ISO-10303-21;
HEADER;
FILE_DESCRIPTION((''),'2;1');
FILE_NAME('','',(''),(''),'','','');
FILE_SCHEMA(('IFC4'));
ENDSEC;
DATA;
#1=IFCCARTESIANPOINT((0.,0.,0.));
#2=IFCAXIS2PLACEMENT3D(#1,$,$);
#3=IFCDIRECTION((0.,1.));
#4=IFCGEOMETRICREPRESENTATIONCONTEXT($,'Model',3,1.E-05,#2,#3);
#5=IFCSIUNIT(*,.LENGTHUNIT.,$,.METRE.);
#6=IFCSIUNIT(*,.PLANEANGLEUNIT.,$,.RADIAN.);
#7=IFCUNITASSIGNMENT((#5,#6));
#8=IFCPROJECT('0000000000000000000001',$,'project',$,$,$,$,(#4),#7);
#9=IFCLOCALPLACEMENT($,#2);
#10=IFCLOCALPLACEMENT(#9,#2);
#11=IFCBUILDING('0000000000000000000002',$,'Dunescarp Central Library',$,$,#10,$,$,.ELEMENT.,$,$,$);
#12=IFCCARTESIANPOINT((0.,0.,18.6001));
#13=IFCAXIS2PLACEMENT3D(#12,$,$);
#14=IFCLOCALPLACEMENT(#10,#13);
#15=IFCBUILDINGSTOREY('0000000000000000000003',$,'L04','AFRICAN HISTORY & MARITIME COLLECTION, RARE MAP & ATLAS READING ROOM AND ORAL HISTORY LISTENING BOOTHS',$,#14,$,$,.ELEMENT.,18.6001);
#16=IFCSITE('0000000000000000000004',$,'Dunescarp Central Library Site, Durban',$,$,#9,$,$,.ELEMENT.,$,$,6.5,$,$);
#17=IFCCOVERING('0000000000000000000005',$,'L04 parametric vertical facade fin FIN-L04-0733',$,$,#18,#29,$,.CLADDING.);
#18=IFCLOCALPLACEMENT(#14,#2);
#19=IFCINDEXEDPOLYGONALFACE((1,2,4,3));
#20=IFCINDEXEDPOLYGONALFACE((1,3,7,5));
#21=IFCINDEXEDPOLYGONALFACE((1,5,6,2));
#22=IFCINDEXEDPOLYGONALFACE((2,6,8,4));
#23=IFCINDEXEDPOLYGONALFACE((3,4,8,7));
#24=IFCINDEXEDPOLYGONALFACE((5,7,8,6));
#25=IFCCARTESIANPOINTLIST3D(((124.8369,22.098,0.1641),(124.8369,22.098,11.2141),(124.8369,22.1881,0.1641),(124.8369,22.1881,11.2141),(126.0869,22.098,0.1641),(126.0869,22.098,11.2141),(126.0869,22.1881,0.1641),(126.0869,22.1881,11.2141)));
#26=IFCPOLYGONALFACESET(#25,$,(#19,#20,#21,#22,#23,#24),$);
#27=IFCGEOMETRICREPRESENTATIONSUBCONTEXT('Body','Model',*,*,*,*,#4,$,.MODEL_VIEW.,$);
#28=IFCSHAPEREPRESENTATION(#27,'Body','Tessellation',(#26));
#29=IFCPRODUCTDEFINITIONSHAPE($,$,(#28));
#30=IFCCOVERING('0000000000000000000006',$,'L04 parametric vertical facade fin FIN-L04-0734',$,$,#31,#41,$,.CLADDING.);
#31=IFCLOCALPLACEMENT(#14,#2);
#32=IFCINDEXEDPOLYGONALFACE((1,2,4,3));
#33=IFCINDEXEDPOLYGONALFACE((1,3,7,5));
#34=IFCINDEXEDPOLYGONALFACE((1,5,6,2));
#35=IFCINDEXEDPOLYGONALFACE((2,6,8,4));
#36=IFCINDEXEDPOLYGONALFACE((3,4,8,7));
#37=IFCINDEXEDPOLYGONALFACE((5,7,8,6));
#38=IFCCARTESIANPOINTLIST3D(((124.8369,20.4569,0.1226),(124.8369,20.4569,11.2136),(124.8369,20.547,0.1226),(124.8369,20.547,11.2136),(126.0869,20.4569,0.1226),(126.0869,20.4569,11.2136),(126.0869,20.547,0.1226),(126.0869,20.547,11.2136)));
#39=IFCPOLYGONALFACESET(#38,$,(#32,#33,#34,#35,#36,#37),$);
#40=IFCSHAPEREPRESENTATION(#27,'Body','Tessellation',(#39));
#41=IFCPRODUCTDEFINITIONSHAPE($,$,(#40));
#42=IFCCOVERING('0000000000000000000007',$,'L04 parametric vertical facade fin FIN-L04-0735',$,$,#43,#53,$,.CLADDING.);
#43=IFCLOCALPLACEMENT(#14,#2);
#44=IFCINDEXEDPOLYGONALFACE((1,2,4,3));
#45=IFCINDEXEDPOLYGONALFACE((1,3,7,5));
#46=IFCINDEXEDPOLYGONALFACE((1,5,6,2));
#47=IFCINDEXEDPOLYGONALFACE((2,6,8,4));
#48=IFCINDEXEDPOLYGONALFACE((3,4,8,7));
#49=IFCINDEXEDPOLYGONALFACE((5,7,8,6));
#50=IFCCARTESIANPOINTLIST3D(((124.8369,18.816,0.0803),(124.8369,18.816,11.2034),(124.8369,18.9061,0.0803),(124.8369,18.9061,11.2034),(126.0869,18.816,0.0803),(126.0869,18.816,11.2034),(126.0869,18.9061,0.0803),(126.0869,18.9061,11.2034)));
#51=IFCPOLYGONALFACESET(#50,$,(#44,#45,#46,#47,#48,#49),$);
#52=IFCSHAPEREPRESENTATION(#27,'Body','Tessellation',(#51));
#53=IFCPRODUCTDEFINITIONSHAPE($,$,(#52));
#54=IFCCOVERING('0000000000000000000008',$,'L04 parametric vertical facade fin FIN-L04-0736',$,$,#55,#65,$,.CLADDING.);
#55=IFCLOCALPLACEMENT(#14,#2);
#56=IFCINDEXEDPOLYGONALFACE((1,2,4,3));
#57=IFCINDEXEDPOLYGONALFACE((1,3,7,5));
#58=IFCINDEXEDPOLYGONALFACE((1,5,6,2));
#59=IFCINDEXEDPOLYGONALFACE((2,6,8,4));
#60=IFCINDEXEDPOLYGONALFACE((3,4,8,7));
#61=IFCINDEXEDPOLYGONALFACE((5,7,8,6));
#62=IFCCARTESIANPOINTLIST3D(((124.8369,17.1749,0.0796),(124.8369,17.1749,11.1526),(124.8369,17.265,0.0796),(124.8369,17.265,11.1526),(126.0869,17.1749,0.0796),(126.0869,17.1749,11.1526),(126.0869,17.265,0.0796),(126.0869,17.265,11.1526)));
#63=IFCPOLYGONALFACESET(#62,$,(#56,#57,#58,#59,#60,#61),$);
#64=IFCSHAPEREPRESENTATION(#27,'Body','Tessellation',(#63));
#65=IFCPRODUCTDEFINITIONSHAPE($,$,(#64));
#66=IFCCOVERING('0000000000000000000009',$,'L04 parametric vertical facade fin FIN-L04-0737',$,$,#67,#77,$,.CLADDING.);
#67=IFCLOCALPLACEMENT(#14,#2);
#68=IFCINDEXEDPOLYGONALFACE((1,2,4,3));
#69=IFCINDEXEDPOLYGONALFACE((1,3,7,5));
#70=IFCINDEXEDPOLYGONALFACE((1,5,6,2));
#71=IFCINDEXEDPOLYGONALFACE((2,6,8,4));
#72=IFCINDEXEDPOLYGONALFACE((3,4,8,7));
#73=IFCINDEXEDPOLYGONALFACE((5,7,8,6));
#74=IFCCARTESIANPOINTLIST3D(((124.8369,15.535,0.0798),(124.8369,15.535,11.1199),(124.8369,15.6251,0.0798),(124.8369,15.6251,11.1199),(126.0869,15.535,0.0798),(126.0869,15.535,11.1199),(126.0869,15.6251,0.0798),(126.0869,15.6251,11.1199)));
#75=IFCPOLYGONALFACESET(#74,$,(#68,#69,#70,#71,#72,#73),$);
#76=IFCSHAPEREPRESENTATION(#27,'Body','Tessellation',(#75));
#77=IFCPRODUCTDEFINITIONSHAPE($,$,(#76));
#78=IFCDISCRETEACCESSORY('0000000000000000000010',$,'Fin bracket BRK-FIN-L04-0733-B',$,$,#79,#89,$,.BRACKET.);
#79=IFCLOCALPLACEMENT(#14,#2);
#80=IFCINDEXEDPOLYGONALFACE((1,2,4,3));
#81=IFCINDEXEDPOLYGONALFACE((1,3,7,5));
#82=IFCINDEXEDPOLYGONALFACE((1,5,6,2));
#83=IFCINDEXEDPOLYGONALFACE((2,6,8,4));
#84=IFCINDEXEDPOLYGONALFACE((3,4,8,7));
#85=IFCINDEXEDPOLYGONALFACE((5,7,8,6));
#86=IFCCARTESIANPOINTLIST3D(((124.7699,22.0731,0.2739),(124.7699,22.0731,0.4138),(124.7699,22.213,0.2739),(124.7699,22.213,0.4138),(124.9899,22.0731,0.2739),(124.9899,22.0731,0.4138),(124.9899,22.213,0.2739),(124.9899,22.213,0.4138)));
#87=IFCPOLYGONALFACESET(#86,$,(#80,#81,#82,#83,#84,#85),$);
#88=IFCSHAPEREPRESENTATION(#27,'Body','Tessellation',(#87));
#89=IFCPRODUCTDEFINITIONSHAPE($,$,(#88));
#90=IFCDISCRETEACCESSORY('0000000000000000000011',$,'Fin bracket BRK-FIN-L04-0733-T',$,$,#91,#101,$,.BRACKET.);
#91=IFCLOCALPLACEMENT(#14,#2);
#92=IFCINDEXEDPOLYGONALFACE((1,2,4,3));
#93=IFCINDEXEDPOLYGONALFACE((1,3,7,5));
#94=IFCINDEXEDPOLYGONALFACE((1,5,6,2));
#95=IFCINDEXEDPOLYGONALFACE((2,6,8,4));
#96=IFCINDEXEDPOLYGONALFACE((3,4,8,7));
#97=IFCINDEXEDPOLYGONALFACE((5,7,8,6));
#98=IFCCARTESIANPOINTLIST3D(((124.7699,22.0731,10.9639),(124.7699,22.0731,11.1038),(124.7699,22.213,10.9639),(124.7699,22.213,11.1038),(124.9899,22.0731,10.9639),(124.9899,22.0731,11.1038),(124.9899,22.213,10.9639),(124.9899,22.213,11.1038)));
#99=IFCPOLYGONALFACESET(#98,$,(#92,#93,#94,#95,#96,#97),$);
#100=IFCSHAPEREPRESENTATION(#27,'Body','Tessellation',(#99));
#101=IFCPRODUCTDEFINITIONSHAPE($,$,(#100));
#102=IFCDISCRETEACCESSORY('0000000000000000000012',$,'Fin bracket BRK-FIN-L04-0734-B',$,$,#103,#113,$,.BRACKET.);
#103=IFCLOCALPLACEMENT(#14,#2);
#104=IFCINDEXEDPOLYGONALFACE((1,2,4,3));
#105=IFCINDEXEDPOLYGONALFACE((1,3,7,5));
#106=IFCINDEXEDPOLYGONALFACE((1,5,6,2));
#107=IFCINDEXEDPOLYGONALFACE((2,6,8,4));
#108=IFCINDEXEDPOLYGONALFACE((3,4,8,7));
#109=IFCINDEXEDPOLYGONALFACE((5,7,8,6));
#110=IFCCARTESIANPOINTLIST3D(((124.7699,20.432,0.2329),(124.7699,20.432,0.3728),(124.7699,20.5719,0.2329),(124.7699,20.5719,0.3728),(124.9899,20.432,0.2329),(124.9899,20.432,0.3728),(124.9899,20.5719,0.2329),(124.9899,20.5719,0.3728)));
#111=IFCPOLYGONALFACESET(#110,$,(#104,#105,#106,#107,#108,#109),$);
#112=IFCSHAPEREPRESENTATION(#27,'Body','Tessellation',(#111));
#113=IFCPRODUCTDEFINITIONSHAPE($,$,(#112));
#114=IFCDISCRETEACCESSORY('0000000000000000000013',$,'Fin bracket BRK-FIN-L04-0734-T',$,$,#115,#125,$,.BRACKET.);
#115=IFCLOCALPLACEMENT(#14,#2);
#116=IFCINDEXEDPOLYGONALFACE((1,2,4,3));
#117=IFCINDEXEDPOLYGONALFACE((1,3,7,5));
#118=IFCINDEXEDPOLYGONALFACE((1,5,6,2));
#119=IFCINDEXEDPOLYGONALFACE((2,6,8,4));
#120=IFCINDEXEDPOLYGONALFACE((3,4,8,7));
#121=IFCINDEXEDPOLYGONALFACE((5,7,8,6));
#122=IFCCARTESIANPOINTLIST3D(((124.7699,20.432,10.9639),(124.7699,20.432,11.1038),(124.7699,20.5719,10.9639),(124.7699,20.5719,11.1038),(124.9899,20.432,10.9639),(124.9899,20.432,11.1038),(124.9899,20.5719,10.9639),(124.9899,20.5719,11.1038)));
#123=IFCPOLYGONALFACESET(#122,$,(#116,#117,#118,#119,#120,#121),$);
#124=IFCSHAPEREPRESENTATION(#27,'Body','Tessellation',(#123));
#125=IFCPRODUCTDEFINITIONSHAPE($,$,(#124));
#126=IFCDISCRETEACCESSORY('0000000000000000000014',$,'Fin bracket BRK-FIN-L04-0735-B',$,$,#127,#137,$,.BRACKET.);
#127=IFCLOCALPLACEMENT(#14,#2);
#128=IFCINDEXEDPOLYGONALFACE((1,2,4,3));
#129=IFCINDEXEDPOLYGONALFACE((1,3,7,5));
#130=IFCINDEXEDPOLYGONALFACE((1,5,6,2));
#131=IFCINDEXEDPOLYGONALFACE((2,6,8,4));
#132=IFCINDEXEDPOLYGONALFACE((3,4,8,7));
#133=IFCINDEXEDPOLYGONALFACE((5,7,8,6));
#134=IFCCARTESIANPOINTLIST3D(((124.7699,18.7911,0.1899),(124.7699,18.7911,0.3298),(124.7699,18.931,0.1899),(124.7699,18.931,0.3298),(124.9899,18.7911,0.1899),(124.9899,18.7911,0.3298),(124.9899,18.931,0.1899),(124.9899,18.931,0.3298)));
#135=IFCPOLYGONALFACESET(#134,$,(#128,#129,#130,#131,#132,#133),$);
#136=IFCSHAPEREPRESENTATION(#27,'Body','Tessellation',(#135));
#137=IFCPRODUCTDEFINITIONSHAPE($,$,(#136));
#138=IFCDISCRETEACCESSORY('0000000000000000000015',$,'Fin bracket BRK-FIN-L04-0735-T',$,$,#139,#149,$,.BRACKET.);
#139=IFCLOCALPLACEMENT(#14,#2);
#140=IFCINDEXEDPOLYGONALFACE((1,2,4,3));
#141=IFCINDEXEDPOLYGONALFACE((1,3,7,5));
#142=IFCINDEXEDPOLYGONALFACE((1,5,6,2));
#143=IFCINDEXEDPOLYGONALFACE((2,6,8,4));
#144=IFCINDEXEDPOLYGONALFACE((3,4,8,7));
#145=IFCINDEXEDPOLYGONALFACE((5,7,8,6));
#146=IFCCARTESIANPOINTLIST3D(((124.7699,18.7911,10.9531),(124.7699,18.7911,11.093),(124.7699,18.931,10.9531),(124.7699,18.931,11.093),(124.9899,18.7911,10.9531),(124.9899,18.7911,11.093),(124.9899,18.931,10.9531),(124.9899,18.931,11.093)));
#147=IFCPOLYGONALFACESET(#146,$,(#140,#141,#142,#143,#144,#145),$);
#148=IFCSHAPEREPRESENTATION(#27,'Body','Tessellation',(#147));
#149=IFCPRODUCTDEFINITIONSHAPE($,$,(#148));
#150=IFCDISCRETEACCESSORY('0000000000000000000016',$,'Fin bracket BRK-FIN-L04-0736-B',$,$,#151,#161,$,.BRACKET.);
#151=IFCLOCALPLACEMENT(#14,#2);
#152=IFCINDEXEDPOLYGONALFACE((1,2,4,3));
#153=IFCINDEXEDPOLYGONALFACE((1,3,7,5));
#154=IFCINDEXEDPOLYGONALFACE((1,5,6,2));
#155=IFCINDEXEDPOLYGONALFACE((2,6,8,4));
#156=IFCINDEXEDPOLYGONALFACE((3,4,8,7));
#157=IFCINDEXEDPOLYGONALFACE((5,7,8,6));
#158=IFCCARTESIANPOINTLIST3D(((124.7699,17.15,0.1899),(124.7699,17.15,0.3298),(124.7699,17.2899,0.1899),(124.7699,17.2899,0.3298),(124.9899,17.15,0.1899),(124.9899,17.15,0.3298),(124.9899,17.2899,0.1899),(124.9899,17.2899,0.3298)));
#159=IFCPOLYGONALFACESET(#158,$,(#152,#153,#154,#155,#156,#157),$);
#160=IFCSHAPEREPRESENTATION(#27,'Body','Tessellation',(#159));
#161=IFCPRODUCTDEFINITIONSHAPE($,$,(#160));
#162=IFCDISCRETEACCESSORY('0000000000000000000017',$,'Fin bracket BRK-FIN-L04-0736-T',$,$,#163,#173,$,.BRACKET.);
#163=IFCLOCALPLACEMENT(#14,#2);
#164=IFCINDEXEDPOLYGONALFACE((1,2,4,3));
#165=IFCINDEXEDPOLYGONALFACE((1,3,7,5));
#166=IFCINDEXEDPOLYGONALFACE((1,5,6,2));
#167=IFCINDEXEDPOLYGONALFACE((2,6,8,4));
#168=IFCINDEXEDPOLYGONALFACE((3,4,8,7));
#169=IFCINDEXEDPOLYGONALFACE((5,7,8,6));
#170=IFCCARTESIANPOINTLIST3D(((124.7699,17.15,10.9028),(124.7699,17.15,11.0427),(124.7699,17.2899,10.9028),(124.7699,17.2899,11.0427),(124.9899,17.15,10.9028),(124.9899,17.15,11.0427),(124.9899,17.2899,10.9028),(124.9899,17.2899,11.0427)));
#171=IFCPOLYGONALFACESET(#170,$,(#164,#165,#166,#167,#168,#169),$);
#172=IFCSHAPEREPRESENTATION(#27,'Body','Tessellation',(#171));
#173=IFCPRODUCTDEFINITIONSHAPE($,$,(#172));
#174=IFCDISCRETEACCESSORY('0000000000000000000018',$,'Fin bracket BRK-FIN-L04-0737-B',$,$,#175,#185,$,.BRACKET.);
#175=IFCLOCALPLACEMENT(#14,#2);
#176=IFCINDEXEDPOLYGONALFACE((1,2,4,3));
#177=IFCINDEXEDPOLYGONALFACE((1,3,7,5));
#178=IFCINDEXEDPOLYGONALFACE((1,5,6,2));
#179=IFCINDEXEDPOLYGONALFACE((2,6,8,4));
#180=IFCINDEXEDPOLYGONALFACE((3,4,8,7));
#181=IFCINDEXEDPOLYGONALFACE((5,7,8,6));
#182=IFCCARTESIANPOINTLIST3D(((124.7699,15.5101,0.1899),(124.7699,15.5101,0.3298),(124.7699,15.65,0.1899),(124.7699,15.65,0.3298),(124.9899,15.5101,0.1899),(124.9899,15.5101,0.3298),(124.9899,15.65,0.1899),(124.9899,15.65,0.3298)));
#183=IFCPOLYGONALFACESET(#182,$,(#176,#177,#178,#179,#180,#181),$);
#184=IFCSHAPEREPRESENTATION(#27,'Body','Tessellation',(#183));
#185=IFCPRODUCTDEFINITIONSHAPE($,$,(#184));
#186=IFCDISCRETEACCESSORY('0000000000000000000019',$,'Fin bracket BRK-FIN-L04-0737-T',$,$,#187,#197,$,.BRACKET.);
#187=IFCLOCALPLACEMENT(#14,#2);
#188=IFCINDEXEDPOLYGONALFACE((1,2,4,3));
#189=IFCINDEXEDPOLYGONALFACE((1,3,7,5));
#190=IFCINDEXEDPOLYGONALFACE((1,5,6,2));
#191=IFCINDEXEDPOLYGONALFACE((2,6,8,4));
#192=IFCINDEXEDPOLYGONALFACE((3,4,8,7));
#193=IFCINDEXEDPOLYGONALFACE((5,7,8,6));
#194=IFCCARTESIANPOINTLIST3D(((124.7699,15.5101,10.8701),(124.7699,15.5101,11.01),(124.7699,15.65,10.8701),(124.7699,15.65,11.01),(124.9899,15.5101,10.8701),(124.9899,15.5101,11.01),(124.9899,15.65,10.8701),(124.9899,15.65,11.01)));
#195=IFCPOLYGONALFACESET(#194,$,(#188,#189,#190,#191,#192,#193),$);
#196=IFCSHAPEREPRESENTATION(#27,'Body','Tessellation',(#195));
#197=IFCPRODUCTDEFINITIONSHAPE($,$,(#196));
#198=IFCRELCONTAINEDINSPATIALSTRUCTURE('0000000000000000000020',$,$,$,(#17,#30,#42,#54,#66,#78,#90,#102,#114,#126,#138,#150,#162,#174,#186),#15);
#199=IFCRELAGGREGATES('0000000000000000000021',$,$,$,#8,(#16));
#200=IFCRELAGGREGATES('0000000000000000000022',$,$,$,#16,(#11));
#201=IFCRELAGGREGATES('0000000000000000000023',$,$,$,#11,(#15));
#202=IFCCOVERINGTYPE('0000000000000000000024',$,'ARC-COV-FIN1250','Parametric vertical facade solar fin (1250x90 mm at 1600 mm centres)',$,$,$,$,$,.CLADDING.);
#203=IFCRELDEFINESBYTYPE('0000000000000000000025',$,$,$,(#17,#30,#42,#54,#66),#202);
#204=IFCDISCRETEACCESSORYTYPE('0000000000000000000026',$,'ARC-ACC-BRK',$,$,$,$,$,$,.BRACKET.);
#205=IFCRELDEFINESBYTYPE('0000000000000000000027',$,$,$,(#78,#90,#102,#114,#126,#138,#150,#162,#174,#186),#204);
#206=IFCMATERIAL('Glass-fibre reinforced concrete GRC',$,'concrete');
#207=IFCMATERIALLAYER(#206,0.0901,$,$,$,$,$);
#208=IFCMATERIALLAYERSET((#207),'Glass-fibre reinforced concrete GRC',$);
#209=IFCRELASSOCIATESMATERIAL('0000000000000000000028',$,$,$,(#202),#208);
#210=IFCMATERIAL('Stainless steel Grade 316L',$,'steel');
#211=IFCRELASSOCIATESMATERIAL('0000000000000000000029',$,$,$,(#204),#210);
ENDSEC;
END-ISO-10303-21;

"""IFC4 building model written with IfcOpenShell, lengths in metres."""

from ifc_helpers import new_model, si_unit, direction, frame, origin, origin_2d, place, context, subcontext, project, spatial, rectangle, extrude, material, layer, layer_set, type_object, element, save


model = new_model("IFC4")

# Units and contexts
model_context = context("Model", 3, precision=1e-05, world=origin(), true_north=direction((0.0, 1.0)))
body_context = subcontext(model_context, "Body", "Model", "MODEL_VIEW")
ifc_project = project(units=[si_unit("LENGTHUNIT", "METRE"), si_unit("PLANEANGLEUNIT", "RADIAN")], contexts=[model_context])

# Site, building, storey
site_placement = place(None, origin())
site = spatial("IfcSite", under=ifc_project, at=site_placement, Name="Dunescarp Central Library Site, Durban", CompositionType="ELEMENT", RefElevation=6.5)
building_placement = place(site_placement, origin())
building = spatial("IfcBuilding", under=site, at=building_placement, Name="Dunescarp Central Library", CompositionType="ELEMENT")
storey_placement = place(building_placement, frame((0.0, 0.0, 18.6001)))
storey = spatial("IfcBuildingStorey", under=building, at=storey_placement, Name="L04", Description="AFRICAN HISTORY & MARITIME COLLECTION, RARE MAP & ATLAS READING ROOM AND ORAL HISTORY LISTENING BOOTHS", CompositionType="ELEMENT", Elevation=18.6001)

# Coverings
ifc_material_1 = material(Name="Glass-fibre reinforced concrete GRC", Category="concrete")
ifc_layer_1 = layer(ifc_material_1, 0.0901)
ifc_layer_set_1 = layer_set([ifc_layer_1], Name="Glass-fibre reinforced concrete GRC")
covering_type = type_object("IfcCoveringType", Name="ARC-COV-FIN1250", Description="Parametric vertical facade solar fin (1250x90 mm at 1600 mm centres)", PredefinedType="CLADDING", material=ifc_layer_set_1)
covering_1_placement = place(storey_placement, frame((125.4619, 22.1431, 0.1641), z_axis=(0.0, 0.0, 1.0), x_axis=(1.0, 0.0, 0.0)))
element("IfcCovering", 1, at=covering_1_placement, inside=storey, type_object=covering_type, Name="L04 parametric vertical facade fin FIN-L04-0733", PredefinedType="CLADDING", context=body_context, shape_type="SweptSolid", body=[
    extrude(rectangle(XDim=1.25, YDim=0.0901, at=origin_2d()), origin(), (0.0, 0.0, 1.0), 11.05),
])
covering_2_placement = place(storey_placement, frame((125.4619, 20.502, 0.1226), z_axis=(0.0, 0.0, 1.0), x_axis=(1.0, 0.0, 0.0)))
element("IfcCovering", 2, at=covering_2_placement, inside=storey, type_object=covering_type, Name="L04 parametric vertical facade fin FIN-L04-0734", PredefinedType="CLADDING", context=body_context, shape_type="SweptSolid", body=[
    extrude(rectangle(XDim=1.25, YDim=0.0901, at=origin_2d()), origin(), (0.0, 0.0, 1.0), 11.0911),
])
covering_3_placement = place(storey_placement, frame((125.4619, 18.8611, 0.0803), z_axis=(0.0, 0.0, 1.0), x_axis=(1.0, 0.0, 0.0)))
element("IfcCovering", 3, at=covering_3_placement, inside=storey, type_object=covering_type, Name="L04 parametric vertical facade fin FIN-L04-0735", PredefinedType="CLADDING", context=body_context, shape_type="SweptSolid", body=[
    extrude(rectangle(XDim=1.25, YDim=0.0901, at=origin_2d()), origin(), (0.0, 0.0, 1.0), 11.123),
])
covering_4_placement = place(storey_placement, frame((125.4619, 17.22, 0.0796), z_axis=(0.0, 0.0, 1.0), x_axis=(1.0, 0.0, 0.0)))
element("IfcCovering", 4, at=covering_4_placement, inside=storey, type_object=covering_type, Name="L04 parametric vertical facade fin FIN-L04-0736", PredefinedType="CLADDING", context=body_context, shape_type="SweptSolid", body=[
    extrude(rectangle(XDim=1.25, YDim=0.0901, at=origin_2d()), origin(), (0.0, 0.0, 1.0), 11.073),
])
covering_5_placement = place(storey_placement, frame((125.4619, 15.5801, 0.0798), z_axis=(0.0, 0.0, 1.0), x_axis=(1.0, 0.0, 0.0)))
element("IfcCovering", 5, at=covering_5_placement, inside=storey, type_object=covering_type, Name="L04 parametric vertical facade fin FIN-L04-0737", PredefinedType="CLADDING", context=body_context, shape_type="SweptSolid", body=[
    extrude(rectangle(XDim=1.25, YDim=0.0901, at=origin_2d()), origin(), (0.0, 0.0, 1.0), 11.04),
])

# Discrete accessories
ifc_material_2 = material(Name="Stainless steel Grade 316L", Category="steel")
discrete_accessory_type = type_object("IfcDiscreteAccessoryType", Name="ARC-ACC-BRK", PredefinedType="BRACKET", material=ifc_material_2)
for number, where, z_axis, x_axis, name in (
    (6, (124.8799, 22.1431, 0.2739), (0.0, 0.0, 1.0), (1.0, 0.0, 0.0), "Fin bracket BRK-FIN-L04-0733-B"),
    (7, (124.8799, 22.1431, 10.9639), (0.0, 0.0, 1.0), (1.0, 0.0, 0.0), "Fin bracket BRK-FIN-L04-0733-T"),
    (8, (124.8799, 20.502, 0.2329), (0.0, 0.0, 1.0), (1.0, 0.0, 0.0), "Fin bracket BRK-FIN-L04-0734-B"),
    (9, (124.8799, 20.502, 10.9639), (0.0, 0.0, 1.0), (1.0, 0.0, 0.0), "Fin bracket BRK-FIN-L04-0734-T"),
    (10, (124.8799, 18.8611, 0.1899), (0.0, 0.0, 1.0), (1.0, 0.0, 0.0), "Fin bracket BRK-FIN-L04-0735-B"),
    (11, (124.8799, 18.8611, 10.9531), (0.0, 0.0, 1.0), (1.0, 0.0, 0.0), "Fin bracket BRK-FIN-L04-0735-T"),
    (12, (124.8799, 17.22, 0.1899), (0.0, 0.0, 1.0), (1.0, 0.0, 0.0), "Fin bracket BRK-FIN-L04-0736-B"),
    (13, (124.8799, 17.22, 10.9028), (0.0, 0.0, 1.0), (1.0, 0.0, 0.0), "Fin bracket BRK-FIN-L04-0736-T"),
    (14, (124.8799, 15.5801, 0.1899), (0.0, 0.0, 1.0), (1.0, 0.0, 0.0), "Fin bracket BRK-FIN-L04-0737-B"),
    (15, (124.8799, 15.5801, 10.8701), (0.0, 0.0, 1.0), (1.0, 0.0, 0.0), "Fin bracket BRK-FIN-L04-0737-T"),
):
    element("IfcDiscreteAccessory", number, at=place(storey_placement, frame(where, z_axis=z_axis, x_axis=x_axis)), inside=storey, type_object=discrete_accessory_type, Name=name, PredefinedType="BRACKET", context=body_context, shape_type="SweptSolid", body=[
        extrude(rectangle(XDim=0.22, YDim=0.1399, at=origin_2d()), origin(), (0.0, 0.0, 1.0), 0.1399),
    ])

save(model, "model.ifc")
